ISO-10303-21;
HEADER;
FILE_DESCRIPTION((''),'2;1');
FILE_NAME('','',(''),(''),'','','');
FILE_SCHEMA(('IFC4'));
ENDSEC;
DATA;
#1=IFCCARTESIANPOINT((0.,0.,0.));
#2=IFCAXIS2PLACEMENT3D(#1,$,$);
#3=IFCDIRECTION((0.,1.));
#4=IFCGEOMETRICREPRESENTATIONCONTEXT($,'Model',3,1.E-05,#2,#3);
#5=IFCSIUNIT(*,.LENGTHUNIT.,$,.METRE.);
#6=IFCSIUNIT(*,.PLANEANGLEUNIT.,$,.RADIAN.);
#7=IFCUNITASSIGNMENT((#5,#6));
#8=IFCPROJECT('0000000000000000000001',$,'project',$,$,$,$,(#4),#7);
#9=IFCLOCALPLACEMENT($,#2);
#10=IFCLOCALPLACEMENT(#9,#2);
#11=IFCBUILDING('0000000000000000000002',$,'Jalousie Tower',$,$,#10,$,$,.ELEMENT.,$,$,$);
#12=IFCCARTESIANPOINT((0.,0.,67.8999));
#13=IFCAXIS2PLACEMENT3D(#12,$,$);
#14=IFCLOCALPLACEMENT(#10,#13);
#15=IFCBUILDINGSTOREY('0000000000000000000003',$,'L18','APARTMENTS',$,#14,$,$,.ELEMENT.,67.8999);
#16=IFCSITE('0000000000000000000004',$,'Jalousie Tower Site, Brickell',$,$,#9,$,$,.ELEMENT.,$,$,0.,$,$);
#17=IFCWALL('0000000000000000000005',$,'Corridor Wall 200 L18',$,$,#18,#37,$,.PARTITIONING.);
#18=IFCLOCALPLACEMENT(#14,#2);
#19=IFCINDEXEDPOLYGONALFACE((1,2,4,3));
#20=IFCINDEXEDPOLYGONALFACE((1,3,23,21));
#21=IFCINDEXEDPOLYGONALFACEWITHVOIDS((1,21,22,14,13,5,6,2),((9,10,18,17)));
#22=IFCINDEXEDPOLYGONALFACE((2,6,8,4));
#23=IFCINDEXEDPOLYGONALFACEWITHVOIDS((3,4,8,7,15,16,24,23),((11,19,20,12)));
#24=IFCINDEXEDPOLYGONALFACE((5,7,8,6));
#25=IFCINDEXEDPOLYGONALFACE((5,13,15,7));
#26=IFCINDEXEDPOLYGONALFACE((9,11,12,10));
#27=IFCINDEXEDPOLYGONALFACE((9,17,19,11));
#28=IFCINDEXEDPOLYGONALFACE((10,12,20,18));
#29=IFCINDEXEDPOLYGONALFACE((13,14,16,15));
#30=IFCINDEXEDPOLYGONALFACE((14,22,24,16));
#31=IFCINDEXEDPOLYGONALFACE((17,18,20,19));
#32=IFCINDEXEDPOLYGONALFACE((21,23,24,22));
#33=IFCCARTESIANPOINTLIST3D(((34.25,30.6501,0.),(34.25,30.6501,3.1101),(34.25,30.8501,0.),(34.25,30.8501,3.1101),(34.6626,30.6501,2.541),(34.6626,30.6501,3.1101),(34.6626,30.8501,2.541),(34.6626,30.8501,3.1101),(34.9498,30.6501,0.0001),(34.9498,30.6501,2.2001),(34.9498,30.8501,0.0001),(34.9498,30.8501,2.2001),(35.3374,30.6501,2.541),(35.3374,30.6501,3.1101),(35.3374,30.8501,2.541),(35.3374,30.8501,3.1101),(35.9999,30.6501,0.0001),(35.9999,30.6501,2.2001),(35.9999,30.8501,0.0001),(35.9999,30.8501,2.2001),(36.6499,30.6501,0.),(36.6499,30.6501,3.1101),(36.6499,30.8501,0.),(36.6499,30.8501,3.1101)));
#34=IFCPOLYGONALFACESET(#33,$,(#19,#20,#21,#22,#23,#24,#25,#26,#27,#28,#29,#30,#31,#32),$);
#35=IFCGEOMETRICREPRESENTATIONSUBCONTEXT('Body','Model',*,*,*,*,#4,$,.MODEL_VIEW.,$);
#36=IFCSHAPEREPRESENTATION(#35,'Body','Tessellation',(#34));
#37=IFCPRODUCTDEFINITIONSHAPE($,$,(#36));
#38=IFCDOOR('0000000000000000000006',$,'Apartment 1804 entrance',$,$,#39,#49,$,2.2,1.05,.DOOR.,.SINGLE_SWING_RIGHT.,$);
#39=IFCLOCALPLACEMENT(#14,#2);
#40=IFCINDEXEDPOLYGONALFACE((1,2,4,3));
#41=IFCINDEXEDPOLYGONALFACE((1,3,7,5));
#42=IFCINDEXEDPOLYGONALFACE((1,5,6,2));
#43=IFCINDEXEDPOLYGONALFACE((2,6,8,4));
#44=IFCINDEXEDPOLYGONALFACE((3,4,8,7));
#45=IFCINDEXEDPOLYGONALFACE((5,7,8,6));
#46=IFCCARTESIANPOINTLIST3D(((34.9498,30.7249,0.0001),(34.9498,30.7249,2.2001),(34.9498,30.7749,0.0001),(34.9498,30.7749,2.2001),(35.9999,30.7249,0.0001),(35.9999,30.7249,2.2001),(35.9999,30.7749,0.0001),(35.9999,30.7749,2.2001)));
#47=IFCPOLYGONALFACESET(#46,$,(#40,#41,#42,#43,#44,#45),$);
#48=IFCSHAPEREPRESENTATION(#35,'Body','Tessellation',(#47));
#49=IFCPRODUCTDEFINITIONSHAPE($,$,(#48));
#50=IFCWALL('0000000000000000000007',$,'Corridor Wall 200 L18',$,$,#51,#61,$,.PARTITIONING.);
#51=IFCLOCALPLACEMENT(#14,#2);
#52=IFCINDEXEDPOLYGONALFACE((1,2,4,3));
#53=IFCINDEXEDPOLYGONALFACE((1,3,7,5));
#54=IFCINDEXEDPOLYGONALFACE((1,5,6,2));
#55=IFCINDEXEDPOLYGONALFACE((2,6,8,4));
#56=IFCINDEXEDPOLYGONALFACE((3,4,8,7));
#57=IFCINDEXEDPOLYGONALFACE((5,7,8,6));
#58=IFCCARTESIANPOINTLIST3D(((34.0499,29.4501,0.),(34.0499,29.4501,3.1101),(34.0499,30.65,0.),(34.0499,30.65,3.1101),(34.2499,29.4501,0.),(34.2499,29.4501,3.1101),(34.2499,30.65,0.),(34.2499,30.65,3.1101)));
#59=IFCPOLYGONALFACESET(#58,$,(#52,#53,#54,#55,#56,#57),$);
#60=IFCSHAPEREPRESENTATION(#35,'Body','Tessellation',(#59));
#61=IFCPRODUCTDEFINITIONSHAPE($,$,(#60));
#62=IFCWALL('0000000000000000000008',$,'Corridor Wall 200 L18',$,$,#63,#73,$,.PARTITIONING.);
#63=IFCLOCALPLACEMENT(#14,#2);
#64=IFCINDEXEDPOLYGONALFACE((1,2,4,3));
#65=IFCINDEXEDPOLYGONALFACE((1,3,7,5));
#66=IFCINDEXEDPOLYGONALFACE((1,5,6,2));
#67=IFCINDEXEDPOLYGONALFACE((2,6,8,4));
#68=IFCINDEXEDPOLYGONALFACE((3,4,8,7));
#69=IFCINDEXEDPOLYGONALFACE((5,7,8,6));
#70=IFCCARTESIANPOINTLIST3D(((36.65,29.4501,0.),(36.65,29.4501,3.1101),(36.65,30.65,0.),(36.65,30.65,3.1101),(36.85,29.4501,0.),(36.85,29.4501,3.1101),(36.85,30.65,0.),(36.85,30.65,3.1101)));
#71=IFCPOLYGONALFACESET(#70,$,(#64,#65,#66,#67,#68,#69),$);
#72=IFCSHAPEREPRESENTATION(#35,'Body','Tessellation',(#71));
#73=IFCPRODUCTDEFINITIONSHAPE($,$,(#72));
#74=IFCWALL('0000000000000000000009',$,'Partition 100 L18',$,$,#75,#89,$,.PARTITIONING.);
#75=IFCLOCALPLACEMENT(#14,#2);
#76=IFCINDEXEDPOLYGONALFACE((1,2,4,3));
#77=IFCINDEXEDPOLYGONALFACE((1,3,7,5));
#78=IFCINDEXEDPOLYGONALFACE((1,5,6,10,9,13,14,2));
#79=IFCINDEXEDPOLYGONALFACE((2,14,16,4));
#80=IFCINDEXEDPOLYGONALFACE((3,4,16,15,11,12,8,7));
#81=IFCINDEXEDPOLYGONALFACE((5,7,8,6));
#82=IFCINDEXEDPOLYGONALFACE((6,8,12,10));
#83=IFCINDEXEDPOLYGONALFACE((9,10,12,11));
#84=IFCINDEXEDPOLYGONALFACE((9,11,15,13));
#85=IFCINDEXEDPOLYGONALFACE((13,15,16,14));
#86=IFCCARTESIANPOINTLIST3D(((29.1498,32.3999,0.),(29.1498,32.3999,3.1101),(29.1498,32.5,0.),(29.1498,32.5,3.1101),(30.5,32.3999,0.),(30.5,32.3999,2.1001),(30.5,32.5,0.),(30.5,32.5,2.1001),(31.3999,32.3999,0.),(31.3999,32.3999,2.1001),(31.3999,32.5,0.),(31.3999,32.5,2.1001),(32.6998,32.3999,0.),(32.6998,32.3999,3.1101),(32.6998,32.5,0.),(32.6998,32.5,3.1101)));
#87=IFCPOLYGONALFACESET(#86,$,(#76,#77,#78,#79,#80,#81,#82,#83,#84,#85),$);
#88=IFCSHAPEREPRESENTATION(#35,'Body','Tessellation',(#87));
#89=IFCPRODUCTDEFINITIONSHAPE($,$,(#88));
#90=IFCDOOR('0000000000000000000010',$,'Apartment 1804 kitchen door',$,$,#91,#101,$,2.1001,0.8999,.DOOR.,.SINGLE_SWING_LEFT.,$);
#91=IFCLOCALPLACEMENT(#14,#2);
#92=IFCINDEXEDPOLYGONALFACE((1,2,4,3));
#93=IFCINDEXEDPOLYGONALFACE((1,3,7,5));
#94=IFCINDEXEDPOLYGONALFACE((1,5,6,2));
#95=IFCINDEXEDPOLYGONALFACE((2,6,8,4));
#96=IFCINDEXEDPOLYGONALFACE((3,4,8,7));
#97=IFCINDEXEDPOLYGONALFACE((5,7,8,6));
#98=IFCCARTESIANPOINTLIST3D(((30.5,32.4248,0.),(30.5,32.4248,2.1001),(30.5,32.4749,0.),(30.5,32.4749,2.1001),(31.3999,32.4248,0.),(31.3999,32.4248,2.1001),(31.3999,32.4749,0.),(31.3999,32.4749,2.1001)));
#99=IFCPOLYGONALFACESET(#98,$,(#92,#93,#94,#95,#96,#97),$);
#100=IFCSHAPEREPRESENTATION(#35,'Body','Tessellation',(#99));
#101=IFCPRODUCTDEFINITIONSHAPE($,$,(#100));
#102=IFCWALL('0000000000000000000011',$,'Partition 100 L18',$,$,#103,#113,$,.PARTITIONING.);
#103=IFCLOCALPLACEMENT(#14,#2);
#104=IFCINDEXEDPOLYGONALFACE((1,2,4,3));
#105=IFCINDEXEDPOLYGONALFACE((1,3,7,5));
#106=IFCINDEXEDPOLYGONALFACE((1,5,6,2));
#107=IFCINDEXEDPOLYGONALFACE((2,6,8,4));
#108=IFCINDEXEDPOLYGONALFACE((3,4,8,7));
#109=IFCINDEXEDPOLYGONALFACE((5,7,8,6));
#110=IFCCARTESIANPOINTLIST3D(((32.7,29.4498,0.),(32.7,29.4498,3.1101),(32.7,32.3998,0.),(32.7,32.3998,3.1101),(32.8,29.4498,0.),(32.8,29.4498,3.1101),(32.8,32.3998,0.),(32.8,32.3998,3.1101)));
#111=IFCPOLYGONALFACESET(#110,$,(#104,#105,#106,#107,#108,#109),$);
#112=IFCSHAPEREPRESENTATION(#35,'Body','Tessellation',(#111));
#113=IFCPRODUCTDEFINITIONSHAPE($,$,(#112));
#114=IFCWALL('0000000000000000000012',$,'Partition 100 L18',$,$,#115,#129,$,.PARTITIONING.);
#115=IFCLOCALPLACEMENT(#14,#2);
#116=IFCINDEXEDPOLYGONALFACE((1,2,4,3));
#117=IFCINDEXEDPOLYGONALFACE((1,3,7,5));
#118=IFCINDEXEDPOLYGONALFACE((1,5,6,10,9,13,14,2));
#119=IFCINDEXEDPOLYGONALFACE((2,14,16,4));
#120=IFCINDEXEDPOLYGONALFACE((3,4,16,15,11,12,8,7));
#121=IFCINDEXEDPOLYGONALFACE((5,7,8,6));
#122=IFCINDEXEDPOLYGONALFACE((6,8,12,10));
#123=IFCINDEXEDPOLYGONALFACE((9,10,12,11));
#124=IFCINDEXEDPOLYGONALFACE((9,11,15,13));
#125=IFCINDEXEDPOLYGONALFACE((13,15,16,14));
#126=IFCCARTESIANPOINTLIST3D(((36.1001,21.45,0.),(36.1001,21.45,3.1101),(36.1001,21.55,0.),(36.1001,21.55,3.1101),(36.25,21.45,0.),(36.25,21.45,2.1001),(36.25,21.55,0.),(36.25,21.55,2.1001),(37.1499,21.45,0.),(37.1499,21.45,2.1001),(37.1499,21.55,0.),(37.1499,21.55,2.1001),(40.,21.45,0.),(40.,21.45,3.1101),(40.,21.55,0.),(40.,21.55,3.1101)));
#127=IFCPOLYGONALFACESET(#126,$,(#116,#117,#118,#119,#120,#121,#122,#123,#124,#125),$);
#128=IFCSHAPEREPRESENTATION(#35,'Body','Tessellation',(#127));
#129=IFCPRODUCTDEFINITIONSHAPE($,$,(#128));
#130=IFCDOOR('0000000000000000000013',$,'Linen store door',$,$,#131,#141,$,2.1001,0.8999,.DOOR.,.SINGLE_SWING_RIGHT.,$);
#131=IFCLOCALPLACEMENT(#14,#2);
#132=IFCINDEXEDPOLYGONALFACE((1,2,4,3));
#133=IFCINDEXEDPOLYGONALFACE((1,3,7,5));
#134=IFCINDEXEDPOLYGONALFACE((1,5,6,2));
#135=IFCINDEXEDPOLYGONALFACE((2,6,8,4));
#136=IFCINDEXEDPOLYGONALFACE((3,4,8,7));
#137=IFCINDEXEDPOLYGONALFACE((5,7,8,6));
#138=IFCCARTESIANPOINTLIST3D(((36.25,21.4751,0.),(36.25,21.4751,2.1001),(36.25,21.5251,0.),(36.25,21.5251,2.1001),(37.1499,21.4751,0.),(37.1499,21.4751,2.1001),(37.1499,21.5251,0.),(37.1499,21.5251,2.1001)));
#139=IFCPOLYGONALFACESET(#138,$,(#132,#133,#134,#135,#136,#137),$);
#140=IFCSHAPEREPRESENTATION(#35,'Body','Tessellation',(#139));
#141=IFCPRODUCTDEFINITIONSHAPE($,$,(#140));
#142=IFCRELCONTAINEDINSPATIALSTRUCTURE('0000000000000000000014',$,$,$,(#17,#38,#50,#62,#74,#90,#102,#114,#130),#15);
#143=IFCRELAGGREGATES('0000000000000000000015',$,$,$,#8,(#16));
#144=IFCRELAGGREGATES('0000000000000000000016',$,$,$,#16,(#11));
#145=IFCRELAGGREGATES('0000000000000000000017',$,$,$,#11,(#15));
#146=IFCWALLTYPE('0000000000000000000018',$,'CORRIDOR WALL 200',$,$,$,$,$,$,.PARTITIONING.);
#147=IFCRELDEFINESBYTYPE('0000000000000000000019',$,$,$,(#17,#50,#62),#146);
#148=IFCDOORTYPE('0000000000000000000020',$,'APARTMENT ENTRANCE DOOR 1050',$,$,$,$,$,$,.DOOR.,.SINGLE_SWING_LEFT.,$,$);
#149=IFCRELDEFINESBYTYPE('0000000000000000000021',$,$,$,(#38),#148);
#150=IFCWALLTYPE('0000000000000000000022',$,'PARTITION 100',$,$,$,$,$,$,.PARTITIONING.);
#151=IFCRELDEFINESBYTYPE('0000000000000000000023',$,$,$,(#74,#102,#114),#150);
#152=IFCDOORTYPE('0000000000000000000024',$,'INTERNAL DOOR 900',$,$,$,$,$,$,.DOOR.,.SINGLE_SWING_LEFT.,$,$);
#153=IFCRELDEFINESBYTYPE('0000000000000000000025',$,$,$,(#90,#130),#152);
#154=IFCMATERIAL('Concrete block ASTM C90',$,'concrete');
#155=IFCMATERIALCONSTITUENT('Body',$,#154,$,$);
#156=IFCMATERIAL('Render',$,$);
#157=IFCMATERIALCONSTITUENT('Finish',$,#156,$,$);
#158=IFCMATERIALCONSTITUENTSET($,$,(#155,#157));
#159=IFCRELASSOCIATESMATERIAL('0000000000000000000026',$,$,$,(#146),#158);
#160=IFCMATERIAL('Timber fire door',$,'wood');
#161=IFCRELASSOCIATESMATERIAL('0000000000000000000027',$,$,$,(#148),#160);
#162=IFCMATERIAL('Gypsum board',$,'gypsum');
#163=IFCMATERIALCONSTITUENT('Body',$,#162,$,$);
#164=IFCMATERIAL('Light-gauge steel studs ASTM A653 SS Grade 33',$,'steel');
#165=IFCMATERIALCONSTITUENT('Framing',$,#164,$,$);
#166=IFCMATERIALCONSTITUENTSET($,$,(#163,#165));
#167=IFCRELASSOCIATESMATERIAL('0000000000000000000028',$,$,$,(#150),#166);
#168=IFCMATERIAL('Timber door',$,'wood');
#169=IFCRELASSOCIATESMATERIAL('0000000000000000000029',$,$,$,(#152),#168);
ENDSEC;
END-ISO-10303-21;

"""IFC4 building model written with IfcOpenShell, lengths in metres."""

from ifc_helpers import new_model, si_unit, direction, frame, frame_2d, origin, place, context, subcontext, project, spatial, polyline, rectangle, outline, extrude, material, constituent, constituent_set, type_object, element, fill, save


model = new_model("IFC4")

# Units and contexts
model_context = context("Model", 3, precision=1e-05, world=origin(), true_north=direction((0.0, 1.0)))
body_context = subcontext(model_context, "Body", "Model", "MODEL_VIEW")
ifc_project = project(units=[si_unit("LENGTHUNIT", "METRE"), si_unit("PLANEANGLEUNIT", "RADIAN")], contexts=[model_context])

# Site, building, storey
site_placement = place(None, origin())
site = spatial("IfcSite", under=ifc_project, at=site_placement, Name="Jalousie Tower Site, Brickell", CompositionType="ELEMENT", RefElevation=0.0)
building_placement = place(site_placement, origin())
building = spatial("IfcBuilding", under=site, at=building_placement, Name="Jalousie Tower", CompositionType="ELEMENT")
storey_placement = place(building_placement, frame((0.0, 0.0, 67.8999)))
storey = spatial("IfcBuildingStorey", under=building, at=storey_placement, Name="L18", Description="APARTMENTS", CompositionType="ELEMENT", Elevation=67.8999)

# Shared definitions
ifc_material_1 = material(Name="Concrete block ASTM C90", Category="concrete")
ifc_constituent_1 = constituent(ifc_material_1, Name="Body")
ifc_material_2 = material(Name="Render")
ifc_constituent_2 = constituent(ifc_material_2, Name="Finish")
ifc_constituent_set_1 = constituent_set(constituents=[ifc_constituent_1, ifc_constituent_2])
wall_type_1 = type_object("IfcWallType", Name="CORRIDOR WALL 200", PredefinedType="PARTITIONING", material=ifc_constituent_set_1)

# Wall, opening, door
wall_1_placement = place(storey_placement, frame((34.25, 30.75, 0.0), z_axis=(0.0, 0.0, 1.0), x_axis=(1.0, 0.0, 0.0)))
wall_1 = element("IfcWall", 1, at=wall_1_placement, inside=storey, type_object=wall_type_1, Name="Corridor Wall 200 L18", PredefinedType="PARTITIONING", context=body_context, shape_type="SweptSolid", body=[
    extrude(outline(polyline([(0.0, 0.0), (2.3999, 0.0), (2.3999, 3.1101), (1.0874, 3.1101), (1.0874, 2.541), (0.4126, 2.541), (0.4126, 3.1101), (0.0, 3.1101), (0.0, 0.0)])), frame((0.0, 0.1001, 0.0), z_axis=(0.0, -1.0, 0.0), x_axis=(1.0, 0.0, 0.0)), (0.0, 0.0, 1.0), 0.2),
])
opening_1_placement = place(wall_1_placement, frame((0.7, 0.0, 0.0)))
opening_1 = element("IfcOpeningElement", 2, at=opening_1_placement, cuts=wall_1, PredefinedType="OPENING", context=body_context, shape_type="SweptSolid", body=[
    extrude(rectangle(XDim=1.05, YDim=2.2, at=frame_2d((0.5249, 1.1001))), frame((0.0, 0.1099, 0.0), z_axis=(0.0, -1.0, 0.0), x_axis=(1.0, 0.0, 0.0)), (0.0, 0.0, 1.0), 0.22),
])
ifc_material_3 = material(Name="Timber fire door", Category="wood")
door_type_1 = type_object("IfcDoorType", Name="APARTMENT ENTRANCE DOOR 1050", OperationType="SINGLE_SWING_LEFT", PredefinedType="DOOR", material=ifc_material_3)
door_1_placement = place(opening_1_placement, origin())
door_1 = element("IfcDoor", 3, at=door_1_placement, inside=storey, type_object=door_type_1, Name="Apartment 1804 entrance", OperationType="SINGLE_SWING_RIGHT", OverallHeight=2.2, OverallWidth=1.05, PredefinedType="DOOR", context=body_context, shape_type="SweptSolid", body=[
    extrude(rectangle(XDim=1.05, YDim=2.2, at=frame_2d((0.5249, 1.1001))), frame((0.0, 0.0249, 0.0), z_axis=(0.0, -1.0, 0.0), x_axis=(1.0, 0.0, 0.0)), (0.0, 0.0, 1.0), 0.05),
])
fill(opening_1, door_1)

# Walls
for number, where, z_axis, x_axis, name in (
    (4, (34.1499, 29.45, 0.0), (0.0, 0.0, 1.0), (0.0, 1.0, 0.0), "Corridor Wall 200 L18"),
    (5, (36.75, 29.45, 0.0), (0.0, 0.0, 1.0), (0.0, 1.0, 0.0), "Corridor Wall 200 L18"),
):
    element("IfcWall", number, at=place(storey_placement, frame(where, z_axis=z_axis, x_axis=x_axis)), inside=storey, type_object=wall_type_1, Name=name, PredefinedType="PARTITIONING", context=body_context, shape_type="SweptSolid", body=[
        extrude(rectangle(XDim=1.2, YDim=0.2, at=frame_2d((0.6001, 0.0))), origin(), (0.0, 0.0, 1.0), 3.1101),
    ])

# Wall, opening, door
ifc_material_4 = material(Name="Gypsum board", Category="gypsum")
ifc_constituent_3 = constituent(ifc_material_4, Name="Body")
ifc_material_5 = material(Name="Light-gauge steel studs ASTM A653 SS Grade 33", Category="steel")
ifc_constituent_4 = constituent(ifc_material_5, Name="Framing")
ifc_constituent_set_2 = constituent_set(constituents=[ifc_constituent_3, ifc_constituent_4])
wall_type_2 = type_object("IfcWallType", Name="PARTITION 100", PredefinedType="PARTITIONING", material=ifc_constituent_set_2)
wall_2_placement = place(storey_placement, frame((29.1499, 32.45, 0.0), z_axis=(0.0, 0.0, 1.0), x_axis=(1.0, 0.0, 0.0)))
wall_2 = element("IfcWall", 6, at=wall_2_placement, inside=storey, type_object=wall_type_2, Name="Partition 100 L18", PredefinedType="PARTITIONING", context=body_context, shape_type="SweptSolid", body=[
    extrude(rectangle(XDim=3.55, YDim=0.1001, at=frame_2d((1.7749, 0.0))), origin(), (0.0, 0.0, 1.0), 3.1101),
])
opening_2_placement = place(wall_2_placement, frame((1.3501, 0.0, 0.0)))
opening_2 = element("IfcOpeningElement", 7, at=opening_2_placement, cuts=wall_2, PredefinedType="OPENING", context=body_context, shape_type="SweptSolid", body=[
    extrude(rectangle(XDim=0.8999, YDim=2.1001, at=frame_2d((0.45, 1.05))), frame((0.0, 0.0601, 0.0), z_axis=(0.0, -1.0, 0.0), x_axis=(1.0, 0.0, 0.0)), (0.0, 0.0, 1.0), 0.1201),
])
ifc_material_6 = material(Name="Timber door", Category="wood")
door_type_2 = type_object("IfcDoorType", Name="INTERNAL DOOR 900", OperationType="SINGLE_SWING_LEFT", PredefinedType="DOOR", material=ifc_material_6)
door_2_placement = place(opening_2_placement, origin())
door_2 = element("IfcDoor", 8, at=door_2_placement, inside=storey, type_object=door_type_2, Name="Apartment 1804 kitchen door", OperationType="SINGLE_SWING_LEFT", OverallHeight=2.1001, OverallWidth=0.8999, PredefinedType="DOOR", context=body_context, shape_type="SweptSolid", body=[
    extrude(rectangle(XDim=0.8999, YDim=2.1001, at=frame_2d((0.45, 1.05))), frame((0.0, 0.0249, 0.0), z_axis=(0.0, -1.0, 0.0), x_axis=(1.0, 0.0, 0.0)), (0.0, 0.0, 1.0), 0.05),
])
fill(opening_2, door_2)

# Wall
wall_3_placement = place(storey_placement, frame((32.75, 32.3999, 0.0), z_axis=(0.0, 0.0, 1.0), x_axis=(0.0, -1.0, 0.0)))
element("IfcWall", 9, at=wall_3_placement, inside=storey, type_object=wall_type_2, Name="Partition 100 L18", PredefinedType="PARTITIONING", context=body_context, shape_type="SweptSolid", body=[
    extrude(rectangle(XDim=2.95, YDim=0.1001, at=frame_2d((1.4751, 0.0))), origin(), (0.0, 0.0, 1.0), 3.1101),
])

# Wall, opening, door
wall_4_placement = place(storey_placement, frame((36.1001, 21.5, 0.0), z_axis=(0.0, 0.0, 1.0), x_axis=(1.0, 0.0, 0.0)))
wall_4 = element("IfcWall", 10, at=wall_4_placement, inside=storey, type_object=wall_type_2, Name="Partition 100 L18", PredefinedType="PARTITIONING", context=body_context, shape_type="SweptSolid", body=[
    extrude(rectangle(XDim=3.8999, YDim=0.1001, at=frame_2d((1.95, 0.0))), origin(), (0.0, 0.0, 1.0), 3.1101),
])
opening_3_placement = place(wall_4_placement, frame((0.1499, 0.0, 0.0)))
opening_3 = element("IfcOpeningElement", 11, at=opening_3_placement, cuts=wall_4, PredefinedType="OPENING", context=body_context, shape_type="SweptSolid", body=[
    extrude(rectangle(XDim=0.8999, YDim=2.1001, at=frame_2d((0.45, 1.05))), frame((0.0, 0.0601, 0.0), z_axis=(0.0, -1.0, 0.0), x_axis=(1.0, 0.0, 0.0)), (0.0, 0.0, 1.0), 0.1201),
])
door_3_placement = place(opening_3_placement, frame((0.8999, 0.0, 0.0), z_axis=(0.0, 0.0, 1.0), x_axis=(-1.0, 0.0, 0.0)))
door_3 = element("IfcDoor", 12, at=door_3_placement, inside=storey, type_object=door_type_2, Name="Linen store door", OperationType="SINGLE_SWING_RIGHT", OverallHeight=2.1001, OverallWidth=0.8999, PredefinedType="DOOR", context=body_context, shape_type="SweptSolid", body=[
    extrude(rectangle(XDim=0.8999, YDim=2.1001, at=frame_2d((0.45, 1.05))), frame((0.0, 0.0249, 0.0), z_axis=(0.0, -1.0, 0.0), x_axis=(1.0, 0.0, 0.0)), (0.0, 0.0, 1.0), 0.05),
])
fill(opening_3, door_3)

save(model, "model.ifc")
